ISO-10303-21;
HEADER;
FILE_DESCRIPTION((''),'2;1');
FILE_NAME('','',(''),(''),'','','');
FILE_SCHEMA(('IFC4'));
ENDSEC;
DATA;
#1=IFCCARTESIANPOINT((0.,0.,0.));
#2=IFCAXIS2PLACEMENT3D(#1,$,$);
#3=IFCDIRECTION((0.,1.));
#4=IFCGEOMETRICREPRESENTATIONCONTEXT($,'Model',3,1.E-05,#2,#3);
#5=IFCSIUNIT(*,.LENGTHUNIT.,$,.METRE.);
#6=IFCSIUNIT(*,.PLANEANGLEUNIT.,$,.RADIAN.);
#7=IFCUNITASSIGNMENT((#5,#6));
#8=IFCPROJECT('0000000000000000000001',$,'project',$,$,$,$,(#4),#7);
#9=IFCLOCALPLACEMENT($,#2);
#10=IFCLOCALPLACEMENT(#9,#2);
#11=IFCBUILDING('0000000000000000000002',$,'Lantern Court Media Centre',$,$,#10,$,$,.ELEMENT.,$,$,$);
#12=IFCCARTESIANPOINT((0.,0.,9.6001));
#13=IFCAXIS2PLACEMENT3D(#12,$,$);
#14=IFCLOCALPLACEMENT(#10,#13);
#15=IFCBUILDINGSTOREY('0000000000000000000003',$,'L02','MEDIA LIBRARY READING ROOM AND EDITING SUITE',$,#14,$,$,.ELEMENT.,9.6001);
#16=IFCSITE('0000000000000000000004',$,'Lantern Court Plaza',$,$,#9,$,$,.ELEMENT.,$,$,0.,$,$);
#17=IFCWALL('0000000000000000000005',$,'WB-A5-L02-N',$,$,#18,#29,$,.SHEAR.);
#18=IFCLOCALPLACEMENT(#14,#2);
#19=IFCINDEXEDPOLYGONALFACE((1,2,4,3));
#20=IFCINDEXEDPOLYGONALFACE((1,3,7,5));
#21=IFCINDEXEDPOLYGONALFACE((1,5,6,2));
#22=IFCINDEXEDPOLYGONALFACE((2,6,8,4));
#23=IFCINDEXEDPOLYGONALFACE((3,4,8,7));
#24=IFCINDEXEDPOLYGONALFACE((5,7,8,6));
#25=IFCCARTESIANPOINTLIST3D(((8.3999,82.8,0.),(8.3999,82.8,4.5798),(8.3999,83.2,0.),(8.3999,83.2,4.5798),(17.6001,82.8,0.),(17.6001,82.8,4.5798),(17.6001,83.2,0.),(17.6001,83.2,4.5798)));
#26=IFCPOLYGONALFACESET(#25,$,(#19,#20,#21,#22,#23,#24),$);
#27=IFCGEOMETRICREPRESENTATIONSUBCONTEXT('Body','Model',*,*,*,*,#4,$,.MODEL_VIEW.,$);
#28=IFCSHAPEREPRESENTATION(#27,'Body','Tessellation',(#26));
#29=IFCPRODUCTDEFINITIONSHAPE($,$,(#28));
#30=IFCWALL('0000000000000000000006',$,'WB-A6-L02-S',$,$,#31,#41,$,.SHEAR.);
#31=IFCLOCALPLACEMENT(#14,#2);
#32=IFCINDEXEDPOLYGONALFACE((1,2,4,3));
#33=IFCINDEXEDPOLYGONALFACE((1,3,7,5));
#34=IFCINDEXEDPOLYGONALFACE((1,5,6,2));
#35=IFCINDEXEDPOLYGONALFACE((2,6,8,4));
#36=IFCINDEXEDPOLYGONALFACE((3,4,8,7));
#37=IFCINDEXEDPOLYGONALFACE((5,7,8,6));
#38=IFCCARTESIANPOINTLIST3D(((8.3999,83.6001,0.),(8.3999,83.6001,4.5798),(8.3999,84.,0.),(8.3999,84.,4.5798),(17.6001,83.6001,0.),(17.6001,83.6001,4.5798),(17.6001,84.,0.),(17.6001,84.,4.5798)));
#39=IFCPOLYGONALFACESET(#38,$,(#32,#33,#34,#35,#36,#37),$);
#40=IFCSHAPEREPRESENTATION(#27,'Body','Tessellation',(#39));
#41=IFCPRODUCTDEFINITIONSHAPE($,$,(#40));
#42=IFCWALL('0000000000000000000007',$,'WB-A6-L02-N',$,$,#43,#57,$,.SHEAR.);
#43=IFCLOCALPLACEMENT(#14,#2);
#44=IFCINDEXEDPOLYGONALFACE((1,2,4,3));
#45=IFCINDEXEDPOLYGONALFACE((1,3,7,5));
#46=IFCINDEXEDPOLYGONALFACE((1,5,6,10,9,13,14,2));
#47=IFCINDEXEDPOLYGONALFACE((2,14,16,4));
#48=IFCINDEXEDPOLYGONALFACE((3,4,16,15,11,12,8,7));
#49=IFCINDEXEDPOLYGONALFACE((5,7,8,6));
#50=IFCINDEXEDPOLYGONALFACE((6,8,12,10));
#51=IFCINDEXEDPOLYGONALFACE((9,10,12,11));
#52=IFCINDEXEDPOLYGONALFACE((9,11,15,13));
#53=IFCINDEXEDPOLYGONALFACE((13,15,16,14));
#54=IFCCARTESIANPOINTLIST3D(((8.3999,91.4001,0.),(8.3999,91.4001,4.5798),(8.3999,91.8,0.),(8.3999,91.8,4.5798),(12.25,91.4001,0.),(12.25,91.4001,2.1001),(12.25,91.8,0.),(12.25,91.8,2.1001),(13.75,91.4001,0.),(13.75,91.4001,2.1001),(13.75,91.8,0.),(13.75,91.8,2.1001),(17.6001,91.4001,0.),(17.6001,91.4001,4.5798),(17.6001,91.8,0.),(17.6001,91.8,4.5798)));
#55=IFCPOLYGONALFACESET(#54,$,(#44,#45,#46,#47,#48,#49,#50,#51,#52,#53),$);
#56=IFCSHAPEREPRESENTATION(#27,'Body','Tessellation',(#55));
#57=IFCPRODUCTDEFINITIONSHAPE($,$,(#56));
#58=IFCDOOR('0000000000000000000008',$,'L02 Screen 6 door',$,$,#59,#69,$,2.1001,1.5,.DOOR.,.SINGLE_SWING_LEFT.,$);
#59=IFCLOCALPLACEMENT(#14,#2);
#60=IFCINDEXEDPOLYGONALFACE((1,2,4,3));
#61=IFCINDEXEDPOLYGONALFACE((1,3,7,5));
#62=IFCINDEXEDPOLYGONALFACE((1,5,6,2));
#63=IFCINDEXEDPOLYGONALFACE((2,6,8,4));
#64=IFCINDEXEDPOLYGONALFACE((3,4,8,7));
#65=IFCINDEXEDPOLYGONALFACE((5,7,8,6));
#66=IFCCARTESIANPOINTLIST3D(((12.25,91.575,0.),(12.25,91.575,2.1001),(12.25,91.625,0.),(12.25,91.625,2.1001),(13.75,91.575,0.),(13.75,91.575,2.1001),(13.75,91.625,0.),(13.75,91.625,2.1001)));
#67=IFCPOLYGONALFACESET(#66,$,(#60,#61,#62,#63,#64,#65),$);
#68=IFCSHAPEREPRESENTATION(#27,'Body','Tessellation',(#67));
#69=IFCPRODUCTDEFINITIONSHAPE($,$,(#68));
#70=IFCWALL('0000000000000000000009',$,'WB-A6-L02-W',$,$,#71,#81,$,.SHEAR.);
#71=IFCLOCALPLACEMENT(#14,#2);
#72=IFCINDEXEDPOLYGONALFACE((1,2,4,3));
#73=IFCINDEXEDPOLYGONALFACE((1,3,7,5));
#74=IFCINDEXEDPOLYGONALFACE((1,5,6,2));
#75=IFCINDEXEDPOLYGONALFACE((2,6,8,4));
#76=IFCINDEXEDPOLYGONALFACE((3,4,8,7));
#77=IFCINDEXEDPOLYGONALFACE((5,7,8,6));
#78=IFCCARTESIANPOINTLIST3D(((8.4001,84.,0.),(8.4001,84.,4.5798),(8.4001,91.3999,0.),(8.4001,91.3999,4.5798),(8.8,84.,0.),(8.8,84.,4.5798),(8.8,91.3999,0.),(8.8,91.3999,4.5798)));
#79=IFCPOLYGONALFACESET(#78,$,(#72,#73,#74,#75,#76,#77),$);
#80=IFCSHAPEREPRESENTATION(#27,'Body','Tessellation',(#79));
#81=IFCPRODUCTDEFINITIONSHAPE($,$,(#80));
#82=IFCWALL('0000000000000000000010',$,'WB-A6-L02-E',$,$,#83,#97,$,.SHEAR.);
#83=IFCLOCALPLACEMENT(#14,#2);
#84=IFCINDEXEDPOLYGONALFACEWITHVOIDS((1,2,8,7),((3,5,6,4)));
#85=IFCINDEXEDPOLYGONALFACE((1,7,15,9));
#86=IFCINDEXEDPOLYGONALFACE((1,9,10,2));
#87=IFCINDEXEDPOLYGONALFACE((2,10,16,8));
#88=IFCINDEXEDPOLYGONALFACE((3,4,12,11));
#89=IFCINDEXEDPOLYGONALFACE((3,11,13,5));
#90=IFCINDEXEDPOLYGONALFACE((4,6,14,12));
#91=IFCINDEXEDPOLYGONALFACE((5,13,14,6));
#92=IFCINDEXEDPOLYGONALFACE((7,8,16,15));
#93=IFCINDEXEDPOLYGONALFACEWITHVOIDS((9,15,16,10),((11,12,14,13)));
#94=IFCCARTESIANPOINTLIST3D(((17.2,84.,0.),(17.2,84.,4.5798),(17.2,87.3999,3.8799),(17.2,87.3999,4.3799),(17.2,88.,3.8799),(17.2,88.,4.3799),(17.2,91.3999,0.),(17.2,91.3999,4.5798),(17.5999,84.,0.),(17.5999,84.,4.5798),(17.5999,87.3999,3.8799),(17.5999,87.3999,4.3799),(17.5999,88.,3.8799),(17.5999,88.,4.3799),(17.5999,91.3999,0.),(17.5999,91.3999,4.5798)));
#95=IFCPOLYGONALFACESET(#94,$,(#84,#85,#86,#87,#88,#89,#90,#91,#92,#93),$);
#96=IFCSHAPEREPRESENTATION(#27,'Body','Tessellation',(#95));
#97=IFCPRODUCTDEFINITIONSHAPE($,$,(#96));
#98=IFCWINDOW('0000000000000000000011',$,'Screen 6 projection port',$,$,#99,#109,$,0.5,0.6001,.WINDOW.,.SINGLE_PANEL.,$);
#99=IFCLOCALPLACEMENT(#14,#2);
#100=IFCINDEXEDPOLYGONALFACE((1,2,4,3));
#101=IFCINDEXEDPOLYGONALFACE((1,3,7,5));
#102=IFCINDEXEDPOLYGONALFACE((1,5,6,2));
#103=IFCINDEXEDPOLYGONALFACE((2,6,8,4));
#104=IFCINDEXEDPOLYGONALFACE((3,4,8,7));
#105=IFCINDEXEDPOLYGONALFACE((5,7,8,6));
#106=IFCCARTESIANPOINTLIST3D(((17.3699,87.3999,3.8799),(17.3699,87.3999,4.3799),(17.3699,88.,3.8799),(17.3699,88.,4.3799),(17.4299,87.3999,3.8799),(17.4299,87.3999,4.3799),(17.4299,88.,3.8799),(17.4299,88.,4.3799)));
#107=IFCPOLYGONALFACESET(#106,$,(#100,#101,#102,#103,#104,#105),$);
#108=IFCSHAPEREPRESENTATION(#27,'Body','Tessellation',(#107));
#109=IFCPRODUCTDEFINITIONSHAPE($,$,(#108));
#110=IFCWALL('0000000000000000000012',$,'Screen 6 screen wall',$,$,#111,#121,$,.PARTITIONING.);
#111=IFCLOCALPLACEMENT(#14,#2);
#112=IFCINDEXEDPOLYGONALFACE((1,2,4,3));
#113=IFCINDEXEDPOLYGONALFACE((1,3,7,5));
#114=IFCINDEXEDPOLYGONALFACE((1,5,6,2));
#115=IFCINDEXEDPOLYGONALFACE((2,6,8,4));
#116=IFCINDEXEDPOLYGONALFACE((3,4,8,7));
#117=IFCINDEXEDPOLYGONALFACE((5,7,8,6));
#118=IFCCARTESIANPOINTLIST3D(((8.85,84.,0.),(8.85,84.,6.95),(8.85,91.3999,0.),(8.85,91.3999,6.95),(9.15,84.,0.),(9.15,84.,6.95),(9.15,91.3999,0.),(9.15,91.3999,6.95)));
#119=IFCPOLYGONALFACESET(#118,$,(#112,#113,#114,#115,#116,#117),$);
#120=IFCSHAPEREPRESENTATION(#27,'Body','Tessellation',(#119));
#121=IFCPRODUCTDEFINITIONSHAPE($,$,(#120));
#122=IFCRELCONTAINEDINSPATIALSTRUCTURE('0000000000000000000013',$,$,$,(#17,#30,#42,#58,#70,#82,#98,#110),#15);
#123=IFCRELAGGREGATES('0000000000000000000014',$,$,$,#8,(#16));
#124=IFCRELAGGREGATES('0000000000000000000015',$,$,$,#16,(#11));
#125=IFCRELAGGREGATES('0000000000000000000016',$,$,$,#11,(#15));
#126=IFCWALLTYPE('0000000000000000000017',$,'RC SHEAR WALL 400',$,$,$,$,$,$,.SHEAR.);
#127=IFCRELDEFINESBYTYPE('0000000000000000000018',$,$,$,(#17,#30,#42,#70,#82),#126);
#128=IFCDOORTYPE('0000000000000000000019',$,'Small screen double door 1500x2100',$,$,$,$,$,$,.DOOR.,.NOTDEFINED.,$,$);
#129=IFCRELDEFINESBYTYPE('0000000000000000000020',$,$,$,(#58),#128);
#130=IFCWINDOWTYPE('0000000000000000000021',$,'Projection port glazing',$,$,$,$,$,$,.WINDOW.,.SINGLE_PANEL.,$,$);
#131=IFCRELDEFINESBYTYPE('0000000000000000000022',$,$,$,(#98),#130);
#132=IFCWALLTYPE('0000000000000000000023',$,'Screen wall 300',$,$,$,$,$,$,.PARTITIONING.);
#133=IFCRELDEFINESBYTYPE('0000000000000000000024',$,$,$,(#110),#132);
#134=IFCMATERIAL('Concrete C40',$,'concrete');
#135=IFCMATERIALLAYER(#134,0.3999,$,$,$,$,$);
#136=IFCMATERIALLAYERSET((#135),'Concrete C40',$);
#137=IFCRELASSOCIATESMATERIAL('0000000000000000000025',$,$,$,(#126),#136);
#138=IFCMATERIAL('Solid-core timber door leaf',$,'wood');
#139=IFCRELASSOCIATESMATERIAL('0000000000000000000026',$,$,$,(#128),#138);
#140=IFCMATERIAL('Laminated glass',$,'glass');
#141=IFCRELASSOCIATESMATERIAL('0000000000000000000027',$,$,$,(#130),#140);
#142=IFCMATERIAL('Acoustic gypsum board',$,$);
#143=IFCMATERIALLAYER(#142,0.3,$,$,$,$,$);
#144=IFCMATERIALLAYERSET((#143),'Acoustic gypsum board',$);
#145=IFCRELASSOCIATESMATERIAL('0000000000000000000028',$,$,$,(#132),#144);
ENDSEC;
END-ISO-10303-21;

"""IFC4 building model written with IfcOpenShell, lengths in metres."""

from ifc_helpers import new_model, si_unit, direction, frame, frame_2d, origin, place, context, subcontext, project, spatial, rectangle, extrude, material, layer, layer_set, type_object, element, fill, save


model = new_model("IFC4")

# Units and contexts
model_context = context("Model", 3, precision=1e-05, world=origin(), true_north=direction((0.0, 1.0)))
body_context = subcontext(model_context, "Body", "Model", "MODEL_VIEW")
ifc_project = project(units=[si_unit("LENGTHUNIT", "METRE"), si_unit("PLANEANGLEUNIT", "RADIAN")], contexts=[model_context])

# Site, building, storey
site_placement = place(None, origin())
site = spatial("IfcSite", under=ifc_project, at=site_placement, Name="Lantern Court Plaza", CompositionType="ELEMENT", RefElevation=0.0)
building_placement = place(site_placement, origin())
building = spatial("IfcBuilding", under=site, at=building_placement, Name="Lantern Court Media Centre", CompositionType="ELEMENT")
storey_placement = place(building_placement, frame((0.0, 0.0, 9.6001)))
storey = spatial("IfcBuildingStorey", under=building, at=storey_placement, Name="L02", Description="MEDIA LIBRARY READING ROOM AND EDITING SUITE", CompositionType="ELEMENT", Elevation=9.6001)

# Walls
ifc_material_1 = material(Name="Concrete C40", Category="concrete")
ifc_layer_1 = layer(ifc_material_1, 0.3999)
ifc_layer_set_1 = layer_set([ifc_layer_1], Name="Concrete C40")
wall_type_1 = type_object("IfcWallType", Name="RC SHEAR WALL 400", PredefinedType="SHEAR", material=ifc_layer_set_1)
for number, where, z_axis, x_axis, name in (
    (1, (8.3999, 83.0, 0.0), (0.0, 0.0, 1.0), (1.0, 0.0, 0.0), "WB-A5-L02-N"),
    (2, (8.3999, 83.8, 0.0), (0.0, 0.0, 1.0), (1.0, 0.0, 0.0), "WB-A6-L02-S"),
):
    element("IfcWall", number, at=place(storey_placement, frame(where, z_axis=z_axis, x_axis=x_axis)), inside=storey, type_object=wall_type_1, Name=name, PredefinedType="SHEAR", context=body_context, shape_type="SweptSolid", body=[
        extrude(rectangle(XDim=9.2002, YDim=0.3999, at=frame_2d((4.6001, 0.0))), origin(), (0.0, 0.0, 1.0), 4.5798),
    ])

# Wall, opening, door
wall_1_placement = place(storey_placement, frame((8.3999, 91.6001, 0.0), z_axis=(0.0, 0.0, 1.0), x_axis=(1.0, 0.0, 0.0)))
wall_1 = element("IfcWall", 3, at=wall_1_placement, inside=storey, type_object=wall_type_1, Name="WB-A6-L02-N", PredefinedType="SHEAR", context=body_context, shape_type="SweptSolid", body=[
    extrude(rectangle(XDim=9.2002, YDim=0.3999, at=frame_2d((4.6001, 0.0))), origin(), (0.0, 0.0, 1.0), 4.5798),
])
opening_1_placement = place(wall_1_placement, frame((3.8501, 0.0, 0.0)))
opening_1 = element("IfcOpeningElement", 4, at=opening_1_placement, cuts=wall_1, PredefinedType="OPENING", context=body_context, shape_type="SweptSolid", body=[
    extrude(rectangle(XDim=1.5, YDim=2.1001, at=frame_2d((0.75, 1.05))), frame((0.0, 0.21, 0.0), z_axis=(0.0, -1.0, 0.0), x_axis=(1.0, 0.0, 0.0)), (0.0, 0.0, 1.0), 0.4199),
])
ifc_material_2 = material(Name="Solid-core timber door leaf", Category="wood")
door_type_1 = type_object("IfcDoorType", Name="Small screen double door 1500x2100", OperationType="NOTDEFINED", PredefinedType="DOOR", material=ifc_material_2)
door_1_placement = place(opening_1_placement, origin())
door_1 = element("IfcDoor", 5, at=door_1_placement, inside=storey, type_object=door_type_1, Name="L02 Screen 6 door", OperationType="SINGLE_SWING_LEFT", OverallHeight=2.1001, OverallWidth=1.5, PredefinedType="DOOR", context=body_context, shape_type="SweptSolid", body=[
    extrude(rectangle(XDim=1.5, YDim=2.1001, at=frame_2d((0.75, 1.05))), frame((0.0, 0.0249, 0.0), z_axis=(0.0, -1.0, 0.0), x_axis=(1.0, 0.0, 0.0)), (0.0, 0.0, 1.0), 0.05),
])
fill(opening_1, door_1)

# Wall
wall_2_placement = place(storey_placement, frame((8.6001, 84.0, 0.0), z_axis=(0.0, 0.0, 1.0), x_axis=(0.0, 1.0, 0.0)))
element("IfcWall", 6, at=wall_2_placement, inside=storey, type_object=wall_type_1, Name="WB-A6-L02-W", PredefinedType="SHEAR", context=body_context, shape_type="SweptSolid", body=[
    extrude(rectangle(XDim=7.3999, YDim=0.3999, at=frame_2d((3.7, 0.0))), origin(), (0.0, 0.0, 1.0), 4.5798),
])

# Wall, opening, window
wall_3_placement = place(storey_placement, frame((17.3999, 84.0, 0.0), z_axis=(0.0, 0.0, 1.0), x_axis=(0.0, 1.0, 0.0)))
wall_3 = element("IfcWall", 7, at=wall_3_placement, inside=storey, type_object=wall_type_1, Name="WB-A6-L02-E", PredefinedType="SHEAR", context=body_context, shape_type="SweptSolid", body=[
    extrude(rectangle(XDim=7.3999, YDim=0.3999, at=frame_2d((3.7, 0.0))), origin(), (0.0, 0.0, 1.0), 4.5798),
])
opening_2_placement = place(wall_3_placement, frame((3.3999, 0.0, 3.8799)))
opening_2 = element("IfcOpeningElement", 8, at=opening_2_placement, cuts=wall_3, PredefinedType="OPENING", context=body_context, shape_type="SweptSolid", body=[
    extrude(rectangle(XDim=0.6001, YDim=0.5, at=frame_2d((0.3, 0.25))), frame((0.0, 0.21, 0.0), z_axis=(0.0, -1.0, 0.0), x_axis=(1.0, 0.0, 0.0)), (0.0, 0.0, 1.0), 0.4199),
])
ifc_material_3 = material(Name="Laminated glass", Category="glass")
window_type_1 = type_object("IfcWindowType", Name="Projection port glazing", PartitioningType="SINGLE_PANEL", PredefinedType="WINDOW", material=ifc_material_3)
window_1_placement = place(opening_2_placement, origin())
window_1 = element("IfcWindow", 9, at=window_1_placement, inside=storey, type_object=window_type_1, Name="Screen 6 projection port", OverallHeight=0.5, OverallWidth=0.6001, PartitioningType="SINGLE_PANEL", PredefinedType="WINDOW", context=body_context, shape_type="SweptSolid", body=[
    extrude(rectangle(XDim=0.6001, YDim=0.5, at=frame_2d((0.3, 0.25))), frame((0.0, 0.03, 0.0), z_axis=(0.0, -1.0, 0.0), x_axis=(1.0, 0.0, 0.0)), (0.0, 0.0, 1.0), 0.0601),
])
fill(opening_2, window_1)

# Wall
ifc_material_4 = material(Name="Acoustic gypsum board")
ifc_layer_2 = layer(ifc_material_4, 0.3)
ifc_layer_set_2 = layer_set([ifc_layer_2], Name="Acoustic gypsum board")
wall_type_2 = type_object("IfcWallType", Name="Screen wall 300", PredefinedType="PARTITIONING", material=ifc_layer_set_2)
wall_4_placement = place(storey_placement, frame((9.0, 84.0, 0.0), z_axis=(0.0, 0.0, 1.0), x_axis=(0.0, 1.0, 0.0)))
element("IfcWall", 10, at=wall_4_placement, inside=storey, type_object=wall_type_2, Name="Screen 6 screen wall", PredefinedType="PARTITIONING", context=body_context, shape_type="SweptSolid", body=[
    extrude(rectangle(XDim=7.3999, YDim=0.3, at=frame_2d((3.7, 0.0))), origin(), (0.0, 0.0, 1.0), 6.95),
])

save(model, "model.ifc")
